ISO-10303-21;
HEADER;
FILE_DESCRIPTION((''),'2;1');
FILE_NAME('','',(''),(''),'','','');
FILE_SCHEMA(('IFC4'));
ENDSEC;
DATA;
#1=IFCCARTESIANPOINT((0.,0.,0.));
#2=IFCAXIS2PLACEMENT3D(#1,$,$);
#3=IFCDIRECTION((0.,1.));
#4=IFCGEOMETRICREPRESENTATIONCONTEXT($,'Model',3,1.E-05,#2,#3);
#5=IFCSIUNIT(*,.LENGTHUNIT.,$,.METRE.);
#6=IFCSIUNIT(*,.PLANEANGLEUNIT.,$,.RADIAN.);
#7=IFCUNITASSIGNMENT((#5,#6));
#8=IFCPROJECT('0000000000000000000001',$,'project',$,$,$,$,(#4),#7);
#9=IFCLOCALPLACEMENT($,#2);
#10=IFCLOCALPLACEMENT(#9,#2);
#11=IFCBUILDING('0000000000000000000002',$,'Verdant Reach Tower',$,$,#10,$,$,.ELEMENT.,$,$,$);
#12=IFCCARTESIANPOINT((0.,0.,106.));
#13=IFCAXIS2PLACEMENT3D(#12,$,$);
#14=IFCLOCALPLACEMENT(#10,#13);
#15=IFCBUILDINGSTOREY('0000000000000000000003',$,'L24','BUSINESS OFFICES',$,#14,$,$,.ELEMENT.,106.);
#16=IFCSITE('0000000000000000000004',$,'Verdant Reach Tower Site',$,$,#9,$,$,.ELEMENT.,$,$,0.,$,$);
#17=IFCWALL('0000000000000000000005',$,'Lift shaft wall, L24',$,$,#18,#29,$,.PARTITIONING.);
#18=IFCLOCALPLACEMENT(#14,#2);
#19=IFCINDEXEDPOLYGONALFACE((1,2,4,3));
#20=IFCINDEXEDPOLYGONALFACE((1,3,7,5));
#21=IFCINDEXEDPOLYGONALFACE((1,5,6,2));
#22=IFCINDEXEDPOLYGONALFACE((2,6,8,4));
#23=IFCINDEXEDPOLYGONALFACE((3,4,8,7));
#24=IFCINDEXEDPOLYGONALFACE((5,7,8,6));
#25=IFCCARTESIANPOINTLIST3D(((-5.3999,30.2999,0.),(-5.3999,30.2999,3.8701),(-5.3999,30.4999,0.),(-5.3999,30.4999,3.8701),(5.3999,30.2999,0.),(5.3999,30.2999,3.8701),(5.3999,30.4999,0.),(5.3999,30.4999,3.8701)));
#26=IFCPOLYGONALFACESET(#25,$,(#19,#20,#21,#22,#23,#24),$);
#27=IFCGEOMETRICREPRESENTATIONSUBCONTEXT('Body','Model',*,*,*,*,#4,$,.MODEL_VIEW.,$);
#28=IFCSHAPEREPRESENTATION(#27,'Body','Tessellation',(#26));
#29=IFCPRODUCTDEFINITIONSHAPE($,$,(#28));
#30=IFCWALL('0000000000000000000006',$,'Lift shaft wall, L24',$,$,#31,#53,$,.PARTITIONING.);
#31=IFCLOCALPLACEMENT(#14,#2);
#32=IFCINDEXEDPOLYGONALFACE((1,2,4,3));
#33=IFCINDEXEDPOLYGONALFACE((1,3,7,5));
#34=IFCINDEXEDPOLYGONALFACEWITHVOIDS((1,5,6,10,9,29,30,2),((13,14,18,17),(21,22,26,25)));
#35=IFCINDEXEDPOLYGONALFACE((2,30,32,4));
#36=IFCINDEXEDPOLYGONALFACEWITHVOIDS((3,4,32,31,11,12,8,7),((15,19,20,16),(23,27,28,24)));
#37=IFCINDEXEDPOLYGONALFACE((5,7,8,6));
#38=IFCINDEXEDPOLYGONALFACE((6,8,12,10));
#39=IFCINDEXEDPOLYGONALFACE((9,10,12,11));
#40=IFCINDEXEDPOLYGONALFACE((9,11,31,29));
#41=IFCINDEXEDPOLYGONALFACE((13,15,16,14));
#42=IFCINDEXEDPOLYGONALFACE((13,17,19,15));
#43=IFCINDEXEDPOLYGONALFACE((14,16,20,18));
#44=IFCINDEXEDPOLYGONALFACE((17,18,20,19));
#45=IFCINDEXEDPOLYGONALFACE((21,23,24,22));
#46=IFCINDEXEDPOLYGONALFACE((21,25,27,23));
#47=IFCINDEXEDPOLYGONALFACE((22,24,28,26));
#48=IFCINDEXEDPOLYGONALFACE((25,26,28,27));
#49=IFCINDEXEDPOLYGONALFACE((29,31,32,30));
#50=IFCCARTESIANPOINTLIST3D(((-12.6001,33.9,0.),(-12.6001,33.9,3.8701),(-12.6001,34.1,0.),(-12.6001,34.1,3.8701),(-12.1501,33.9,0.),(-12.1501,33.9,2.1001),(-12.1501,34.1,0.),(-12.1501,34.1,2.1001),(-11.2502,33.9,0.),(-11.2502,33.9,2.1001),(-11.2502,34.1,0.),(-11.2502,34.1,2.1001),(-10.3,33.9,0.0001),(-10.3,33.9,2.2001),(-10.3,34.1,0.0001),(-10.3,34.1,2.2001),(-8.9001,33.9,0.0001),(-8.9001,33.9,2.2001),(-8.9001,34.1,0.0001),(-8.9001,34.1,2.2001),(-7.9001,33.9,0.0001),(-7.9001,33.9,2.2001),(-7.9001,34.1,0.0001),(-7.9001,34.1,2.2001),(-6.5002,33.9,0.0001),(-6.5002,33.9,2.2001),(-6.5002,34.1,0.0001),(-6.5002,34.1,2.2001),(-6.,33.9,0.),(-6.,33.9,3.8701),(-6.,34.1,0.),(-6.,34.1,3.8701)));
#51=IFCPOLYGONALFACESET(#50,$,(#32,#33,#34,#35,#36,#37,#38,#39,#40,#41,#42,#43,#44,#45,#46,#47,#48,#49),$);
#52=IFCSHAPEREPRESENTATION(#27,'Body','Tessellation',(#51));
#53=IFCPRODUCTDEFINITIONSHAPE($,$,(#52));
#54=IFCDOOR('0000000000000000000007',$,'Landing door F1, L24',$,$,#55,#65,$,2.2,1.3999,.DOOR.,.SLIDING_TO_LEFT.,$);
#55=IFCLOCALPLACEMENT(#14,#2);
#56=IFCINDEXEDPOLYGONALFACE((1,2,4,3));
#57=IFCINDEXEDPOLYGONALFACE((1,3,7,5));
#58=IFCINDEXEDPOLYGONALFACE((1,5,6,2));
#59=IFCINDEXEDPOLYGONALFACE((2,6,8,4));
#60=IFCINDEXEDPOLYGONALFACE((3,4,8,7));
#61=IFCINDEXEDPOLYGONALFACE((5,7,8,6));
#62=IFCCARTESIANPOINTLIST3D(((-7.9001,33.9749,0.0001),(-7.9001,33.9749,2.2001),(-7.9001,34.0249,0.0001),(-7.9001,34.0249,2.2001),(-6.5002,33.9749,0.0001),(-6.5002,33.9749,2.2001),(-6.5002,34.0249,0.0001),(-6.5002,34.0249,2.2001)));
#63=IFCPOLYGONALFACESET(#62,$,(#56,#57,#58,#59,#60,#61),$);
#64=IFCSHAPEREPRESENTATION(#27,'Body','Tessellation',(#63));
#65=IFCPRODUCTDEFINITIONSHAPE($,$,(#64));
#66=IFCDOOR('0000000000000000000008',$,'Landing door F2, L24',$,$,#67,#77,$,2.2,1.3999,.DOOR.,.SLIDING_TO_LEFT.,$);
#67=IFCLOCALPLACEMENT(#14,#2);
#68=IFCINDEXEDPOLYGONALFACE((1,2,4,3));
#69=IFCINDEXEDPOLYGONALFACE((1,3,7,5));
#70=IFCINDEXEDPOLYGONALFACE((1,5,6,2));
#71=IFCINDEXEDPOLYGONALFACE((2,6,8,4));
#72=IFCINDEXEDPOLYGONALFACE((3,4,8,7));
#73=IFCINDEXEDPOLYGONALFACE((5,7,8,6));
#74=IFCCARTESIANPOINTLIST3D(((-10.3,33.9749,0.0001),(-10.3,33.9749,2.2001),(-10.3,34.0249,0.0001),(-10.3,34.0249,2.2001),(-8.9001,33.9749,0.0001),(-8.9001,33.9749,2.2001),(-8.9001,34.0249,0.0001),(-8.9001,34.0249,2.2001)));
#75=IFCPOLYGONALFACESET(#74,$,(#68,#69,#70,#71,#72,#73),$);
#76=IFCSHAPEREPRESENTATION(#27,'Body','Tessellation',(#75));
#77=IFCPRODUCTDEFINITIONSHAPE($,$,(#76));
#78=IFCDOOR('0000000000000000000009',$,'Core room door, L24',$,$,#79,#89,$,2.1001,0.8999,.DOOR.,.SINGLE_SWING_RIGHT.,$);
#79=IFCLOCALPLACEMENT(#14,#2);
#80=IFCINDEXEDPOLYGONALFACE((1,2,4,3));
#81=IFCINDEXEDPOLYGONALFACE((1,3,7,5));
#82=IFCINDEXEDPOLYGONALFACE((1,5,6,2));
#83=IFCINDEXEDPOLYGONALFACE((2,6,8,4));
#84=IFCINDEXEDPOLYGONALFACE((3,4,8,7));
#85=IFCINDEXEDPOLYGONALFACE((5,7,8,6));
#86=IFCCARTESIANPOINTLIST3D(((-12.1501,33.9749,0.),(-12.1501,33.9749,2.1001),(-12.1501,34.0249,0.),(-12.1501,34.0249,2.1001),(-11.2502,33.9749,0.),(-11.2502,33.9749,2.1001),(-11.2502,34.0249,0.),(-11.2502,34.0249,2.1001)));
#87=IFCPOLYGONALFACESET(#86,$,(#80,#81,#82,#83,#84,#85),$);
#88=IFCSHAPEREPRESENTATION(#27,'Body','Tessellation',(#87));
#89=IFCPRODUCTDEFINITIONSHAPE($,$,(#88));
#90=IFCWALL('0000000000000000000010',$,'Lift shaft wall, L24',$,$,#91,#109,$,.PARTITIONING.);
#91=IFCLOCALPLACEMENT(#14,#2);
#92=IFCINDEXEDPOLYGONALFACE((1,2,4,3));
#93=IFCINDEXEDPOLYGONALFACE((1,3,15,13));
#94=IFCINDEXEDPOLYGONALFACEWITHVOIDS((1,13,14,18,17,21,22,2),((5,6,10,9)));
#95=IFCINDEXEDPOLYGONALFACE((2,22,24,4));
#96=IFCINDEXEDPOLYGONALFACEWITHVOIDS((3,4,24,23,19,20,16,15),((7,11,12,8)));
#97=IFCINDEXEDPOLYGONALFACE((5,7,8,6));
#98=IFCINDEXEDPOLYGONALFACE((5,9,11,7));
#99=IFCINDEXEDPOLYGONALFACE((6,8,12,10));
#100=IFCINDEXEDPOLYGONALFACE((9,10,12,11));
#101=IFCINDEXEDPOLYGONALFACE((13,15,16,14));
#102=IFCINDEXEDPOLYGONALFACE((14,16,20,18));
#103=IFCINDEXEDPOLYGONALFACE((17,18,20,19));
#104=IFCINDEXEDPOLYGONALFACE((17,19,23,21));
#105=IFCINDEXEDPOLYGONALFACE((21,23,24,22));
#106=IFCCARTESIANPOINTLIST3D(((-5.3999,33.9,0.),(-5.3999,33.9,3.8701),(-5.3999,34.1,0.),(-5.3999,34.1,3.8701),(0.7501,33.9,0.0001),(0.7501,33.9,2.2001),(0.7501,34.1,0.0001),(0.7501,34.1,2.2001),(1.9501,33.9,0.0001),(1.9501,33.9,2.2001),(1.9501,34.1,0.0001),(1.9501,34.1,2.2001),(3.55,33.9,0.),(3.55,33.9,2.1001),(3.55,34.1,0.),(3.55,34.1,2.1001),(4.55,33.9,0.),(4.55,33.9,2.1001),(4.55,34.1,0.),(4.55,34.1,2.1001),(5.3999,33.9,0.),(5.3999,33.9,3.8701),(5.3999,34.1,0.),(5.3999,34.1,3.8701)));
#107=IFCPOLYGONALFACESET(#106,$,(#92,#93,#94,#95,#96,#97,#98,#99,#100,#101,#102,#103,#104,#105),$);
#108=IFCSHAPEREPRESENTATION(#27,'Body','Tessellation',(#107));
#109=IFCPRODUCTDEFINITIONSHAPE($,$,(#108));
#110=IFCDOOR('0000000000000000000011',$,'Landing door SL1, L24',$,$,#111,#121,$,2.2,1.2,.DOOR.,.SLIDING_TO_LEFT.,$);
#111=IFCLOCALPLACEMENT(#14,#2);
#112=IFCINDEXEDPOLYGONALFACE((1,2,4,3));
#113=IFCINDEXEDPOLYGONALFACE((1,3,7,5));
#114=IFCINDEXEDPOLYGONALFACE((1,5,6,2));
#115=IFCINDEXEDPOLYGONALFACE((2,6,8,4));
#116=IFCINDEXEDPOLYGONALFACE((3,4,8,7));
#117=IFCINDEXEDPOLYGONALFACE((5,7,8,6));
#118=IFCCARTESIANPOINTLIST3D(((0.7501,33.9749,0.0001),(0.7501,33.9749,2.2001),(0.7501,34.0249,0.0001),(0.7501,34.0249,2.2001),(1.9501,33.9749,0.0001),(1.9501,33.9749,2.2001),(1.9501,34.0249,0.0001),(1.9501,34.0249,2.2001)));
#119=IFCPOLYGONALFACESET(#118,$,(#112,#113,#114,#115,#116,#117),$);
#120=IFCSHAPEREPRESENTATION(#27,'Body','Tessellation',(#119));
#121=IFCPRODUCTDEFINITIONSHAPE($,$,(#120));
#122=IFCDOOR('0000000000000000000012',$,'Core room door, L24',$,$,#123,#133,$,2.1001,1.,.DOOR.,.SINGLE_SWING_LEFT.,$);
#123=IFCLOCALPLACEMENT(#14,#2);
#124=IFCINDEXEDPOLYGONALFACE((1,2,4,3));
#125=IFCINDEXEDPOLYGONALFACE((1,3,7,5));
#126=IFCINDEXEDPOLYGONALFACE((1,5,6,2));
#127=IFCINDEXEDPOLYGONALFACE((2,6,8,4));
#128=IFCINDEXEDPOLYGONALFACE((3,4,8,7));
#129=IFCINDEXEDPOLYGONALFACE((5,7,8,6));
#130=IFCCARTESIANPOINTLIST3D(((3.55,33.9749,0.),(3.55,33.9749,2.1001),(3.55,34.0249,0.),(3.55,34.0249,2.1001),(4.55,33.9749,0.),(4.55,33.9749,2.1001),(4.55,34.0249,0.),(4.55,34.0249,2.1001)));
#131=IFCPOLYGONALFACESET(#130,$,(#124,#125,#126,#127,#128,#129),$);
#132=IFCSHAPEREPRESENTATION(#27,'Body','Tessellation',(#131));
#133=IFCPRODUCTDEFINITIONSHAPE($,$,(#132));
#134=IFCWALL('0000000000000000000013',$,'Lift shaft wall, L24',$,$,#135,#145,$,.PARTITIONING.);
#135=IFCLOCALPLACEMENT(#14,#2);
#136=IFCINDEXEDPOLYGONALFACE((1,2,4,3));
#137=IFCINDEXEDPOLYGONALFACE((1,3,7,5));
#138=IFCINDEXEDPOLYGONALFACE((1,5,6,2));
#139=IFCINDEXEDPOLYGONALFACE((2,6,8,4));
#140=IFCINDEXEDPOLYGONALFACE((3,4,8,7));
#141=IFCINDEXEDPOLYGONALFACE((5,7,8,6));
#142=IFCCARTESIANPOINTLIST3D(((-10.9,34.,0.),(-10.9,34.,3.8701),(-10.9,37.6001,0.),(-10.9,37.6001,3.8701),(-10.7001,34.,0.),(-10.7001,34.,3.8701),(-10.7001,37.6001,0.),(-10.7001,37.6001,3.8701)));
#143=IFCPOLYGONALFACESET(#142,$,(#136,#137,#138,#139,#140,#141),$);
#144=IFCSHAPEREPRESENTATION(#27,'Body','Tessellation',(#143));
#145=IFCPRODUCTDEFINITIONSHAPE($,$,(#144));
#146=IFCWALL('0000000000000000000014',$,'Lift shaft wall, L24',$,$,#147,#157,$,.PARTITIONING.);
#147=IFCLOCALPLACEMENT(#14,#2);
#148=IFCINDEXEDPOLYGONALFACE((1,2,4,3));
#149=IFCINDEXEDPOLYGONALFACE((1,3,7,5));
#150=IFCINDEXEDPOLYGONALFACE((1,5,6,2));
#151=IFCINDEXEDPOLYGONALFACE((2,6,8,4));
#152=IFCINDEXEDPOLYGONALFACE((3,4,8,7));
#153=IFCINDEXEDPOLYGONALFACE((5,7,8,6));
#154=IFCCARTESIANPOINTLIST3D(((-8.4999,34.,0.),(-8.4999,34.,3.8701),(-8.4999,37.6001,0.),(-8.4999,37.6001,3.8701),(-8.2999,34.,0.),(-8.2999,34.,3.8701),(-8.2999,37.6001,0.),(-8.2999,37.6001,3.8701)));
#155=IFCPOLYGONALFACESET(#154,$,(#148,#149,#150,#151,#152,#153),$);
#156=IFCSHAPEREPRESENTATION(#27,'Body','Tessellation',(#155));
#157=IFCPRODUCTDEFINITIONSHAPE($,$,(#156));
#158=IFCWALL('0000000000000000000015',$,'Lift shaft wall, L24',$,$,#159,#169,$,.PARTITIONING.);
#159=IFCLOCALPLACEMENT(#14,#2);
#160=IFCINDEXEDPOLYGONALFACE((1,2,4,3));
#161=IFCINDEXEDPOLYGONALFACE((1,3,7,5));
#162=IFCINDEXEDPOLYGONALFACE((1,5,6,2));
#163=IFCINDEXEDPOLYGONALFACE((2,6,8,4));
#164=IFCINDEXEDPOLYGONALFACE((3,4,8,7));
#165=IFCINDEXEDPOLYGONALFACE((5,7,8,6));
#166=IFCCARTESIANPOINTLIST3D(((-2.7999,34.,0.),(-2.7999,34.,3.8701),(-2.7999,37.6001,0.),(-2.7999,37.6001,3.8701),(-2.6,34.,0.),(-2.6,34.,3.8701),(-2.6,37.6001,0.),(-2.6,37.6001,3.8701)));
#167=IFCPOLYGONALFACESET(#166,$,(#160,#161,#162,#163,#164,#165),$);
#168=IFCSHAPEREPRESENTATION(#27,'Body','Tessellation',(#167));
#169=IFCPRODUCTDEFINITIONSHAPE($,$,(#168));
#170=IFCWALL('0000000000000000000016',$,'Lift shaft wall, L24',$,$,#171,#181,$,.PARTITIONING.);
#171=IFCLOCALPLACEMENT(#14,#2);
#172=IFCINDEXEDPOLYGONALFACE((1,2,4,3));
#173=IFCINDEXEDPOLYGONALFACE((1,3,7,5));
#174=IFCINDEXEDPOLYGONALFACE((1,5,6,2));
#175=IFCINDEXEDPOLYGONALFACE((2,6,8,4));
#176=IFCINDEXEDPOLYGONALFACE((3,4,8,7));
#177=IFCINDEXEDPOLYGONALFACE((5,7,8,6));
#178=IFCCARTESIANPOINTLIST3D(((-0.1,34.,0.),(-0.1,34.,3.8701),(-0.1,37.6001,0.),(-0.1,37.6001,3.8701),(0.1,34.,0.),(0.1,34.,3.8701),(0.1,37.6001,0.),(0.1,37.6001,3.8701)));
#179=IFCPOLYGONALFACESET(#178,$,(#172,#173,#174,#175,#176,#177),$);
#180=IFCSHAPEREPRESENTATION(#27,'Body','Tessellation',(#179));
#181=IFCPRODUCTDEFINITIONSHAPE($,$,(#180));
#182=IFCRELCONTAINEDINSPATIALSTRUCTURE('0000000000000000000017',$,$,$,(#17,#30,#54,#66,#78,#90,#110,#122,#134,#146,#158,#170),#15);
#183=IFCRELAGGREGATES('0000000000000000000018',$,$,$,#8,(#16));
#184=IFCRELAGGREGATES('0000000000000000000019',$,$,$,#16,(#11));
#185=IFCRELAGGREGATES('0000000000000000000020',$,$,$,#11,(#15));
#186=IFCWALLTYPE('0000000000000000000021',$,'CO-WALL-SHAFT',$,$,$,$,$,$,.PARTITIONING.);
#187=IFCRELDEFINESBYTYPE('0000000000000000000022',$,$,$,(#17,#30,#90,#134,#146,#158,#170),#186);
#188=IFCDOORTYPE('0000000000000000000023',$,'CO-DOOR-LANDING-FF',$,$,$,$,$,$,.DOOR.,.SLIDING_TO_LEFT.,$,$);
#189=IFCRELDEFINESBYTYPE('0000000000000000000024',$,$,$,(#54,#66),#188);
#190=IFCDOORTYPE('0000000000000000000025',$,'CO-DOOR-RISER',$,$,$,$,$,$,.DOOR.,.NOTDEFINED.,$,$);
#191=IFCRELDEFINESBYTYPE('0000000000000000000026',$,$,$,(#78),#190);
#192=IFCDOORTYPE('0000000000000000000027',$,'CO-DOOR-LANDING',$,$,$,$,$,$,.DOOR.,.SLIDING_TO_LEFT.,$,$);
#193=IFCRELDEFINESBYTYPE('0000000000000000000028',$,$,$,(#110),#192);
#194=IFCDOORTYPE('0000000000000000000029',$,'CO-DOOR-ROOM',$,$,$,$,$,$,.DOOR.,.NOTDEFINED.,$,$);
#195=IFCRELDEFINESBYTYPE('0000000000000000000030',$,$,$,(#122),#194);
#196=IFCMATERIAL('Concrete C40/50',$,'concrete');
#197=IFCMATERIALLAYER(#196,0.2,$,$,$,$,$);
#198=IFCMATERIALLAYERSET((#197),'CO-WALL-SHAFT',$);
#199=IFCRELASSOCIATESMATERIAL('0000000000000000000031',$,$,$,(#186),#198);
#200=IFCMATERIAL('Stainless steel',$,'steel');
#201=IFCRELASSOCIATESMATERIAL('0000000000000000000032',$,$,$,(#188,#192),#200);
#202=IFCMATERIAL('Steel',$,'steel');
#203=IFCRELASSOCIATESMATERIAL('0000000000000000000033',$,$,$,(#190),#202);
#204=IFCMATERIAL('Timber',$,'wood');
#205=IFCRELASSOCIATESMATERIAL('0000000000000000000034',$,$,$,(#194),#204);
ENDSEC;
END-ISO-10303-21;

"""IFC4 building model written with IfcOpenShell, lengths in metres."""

from ifc_helpers import new_model, si_unit, direction, frame, frame_2d, origin, place, context, subcontext, project, spatial, rectangle, extrude, material, layer, layer_set, type_object, element, fill, save


model = new_model("IFC4")

# Units and contexts
model_context = context("Model", 3, precision=1e-05, world=origin(), true_north=direction((0.0, 1.0)))
body_context = subcontext(model_context, "Body", "Model", "MODEL_VIEW")
ifc_project = project(units=[si_unit("LENGTHUNIT", "METRE"), si_unit("PLANEANGLEUNIT", "RADIAN")], contexts=[model_context])

# Site, building, storey
site_placement = place(None, origin())
site = spatial("IfcSite", under=ifc_project, at=site_placement, Name="Verdant Reach Tower Site", CompositionType="ELEMENT", RefElevation=0.0)
building_placement = place(site_placement, origin())
building = spatial("IfcBuilding", under=site, at=building_placement, Name="Verdant Reach Tower", CompositionType="ELEMENT")
storey_placement = place(building_placement, frame((0.0, 0.0, 106.0)))
storey = spatial("IfcBuildingStorey", under=building, at=storey_placement, Name="L24", Description="BUSINESS OFFICES", CompositionType="ELEMENT", Elevation=106.0)

# Wall
ifc_material_1 = material(Name="Concrete C40/50", Category="concrete")
ifc_layer_1 = layer(ifc_material_1, 0.2)
ifc_layer_set_1 = layer_set([ifc_layer_1], Name="CO-WALL-SHAFT")
wall_type_1 = type_object("IfcWallType", Name="CO-WALL-SHAFT", PredefinedType="PARTITIONING", material=ifc_layer_set_1)
wall_1_placement = place(storey_placement, frame((-5.3999, 30.3999, 0.0), z_axis=(0.0, 0.0, 1.0), x_axis=(1.0, 0.0, 0.0)))
element("IfcWall", 1, at=wall_1_placement, inside=storey, type_object=wall_type_1, Name="Lift shaft wall, L24", PredefinedType="PARTITIONING", context=body_context, shape_type="SweptSolid", body=[
    extrude(rectangle(XDim=10.7998, YDim=0.2, at=frame_2d((5.3999, 0.0))), origin(), (0.0, 0.0, 1.0), 3.8701),
])

# Walls, openings, doors
wall_2_placement = place(storey_placement, frame((-12.6001, 34.0, 0.0), z_axis=(0.0, 0.0, 1.0), x_axis=(1.0, 0.0, 0.0)))
wall_2 = element("IfcWall", 2, at=wall_2_placement, inside=storey, type_object=wall_type_1, Name="Lift shaft wall, L24", PredefinedType="PARTITIONING", context=body_context, shape_type="SweptSolid", body=[
    extrude(rectangle(XDim=6.6001, YDim=0.2, at=frame_2d((3.3, 0.0))), origin(), (0.0, 0.0, 1.0), 3.8701),
])
opening_1_placement = place(wall_2_placement, frame((4.7, 0.0, 0.0)))
opening_1 = element("IfcOpeningElement", 3, at=opening_1_placement, cuts=wall_2, PredefinedType="OPENING", context=body_context, shape_type="SweptSolid", body=[
    extrude(rectangle(XDim=1.3999, YDim=2.2, at=frame_2d((0.7, 1.1001))), frame((0.0, 0.1099, 0.0), z_axis=(0.0, -1.0, 0.0), x_axis=(1.0, 0.0, 0.0)), (0.0, 0.0, 1.0), 0.22),
])
opening_2_placement = place(wall_2_placement, frame((2.3, 0.0, 0.0)))
opening_2 = element("IfcOpeningElement", 4, at=opening_2_placement, cuts=wall_2, PredefinedType="OPENING", context=body_context, shape_type="SweptSolid", body=[
    extrude(rectangle(XDim=1.3999, YDim=2.2, at=frame_2d((0.7, 1.1001))), frame((0.0, 0.1099, 0.0), z_axis=(0.0, -1.0, 0.0), x_axis=(1.0, 0.0, 0.0)), (0.0, 0.0, 1.0), 0.22),
])
opening_3_placement = place(wall_2_placement, frame((0.45, 0.0, 0.0)))
opening_3 = element("IfcOpeningElement", 5, at=opening_3_placement, cuts=wall_2, PredefinedType="OPENING", context=body_context, shape_type="SweptSolid", body=[
    extrude(rectangle(XDim=0.8999, YDim=2.1001, at=frame_2d((0.45, 1.05))), frame((0.0, 0.1099, 0.0), z_axis=(0.0, -1.0, 0.0), x_axis=(1.0, 0.0, 0.0)), (0.0, 0.0, 1.0), 0.22),
])
ifc_material_2 = material(Name="Stainless steel", Category="steel")
door_type_1 = type_object("IfcDoorType", Name="CO-DOOR-LANDING-FF", OperationType="SLIDING_TO_LEFT", PredefinedType="DOOR", material=ifc_material_2)
door_1_placement = place(opening_1_placement, origin())
door_1 = element("IfcDoor", 6, at=door_1_placement, inside=storey, type_object=door_type_1, Name="Landing door F1, L24", OperationType="SLIDING_TO_LEFT", OverallHeight=2.2, OverallWidth=1.3999, PredefinedType="DOOR", context=body_context, shape_type="SweptSolid", body=[
    extrude(rectangle(XDim=1.3999, YDim=2.2, at=frame_2d((0.7, 1.1001))), frame((0.0, 0.0249, 0.0), z_axis=(0.0, -1.0, 0.0), x_axis=(1.0, 0.0, 0.0)), (0.0, 0.0, 1.0), 0.05),
])
fill(opening_1, door_1)
door_2_placement = place(opening_2_placement, origin())
door_2 = element("IfcDoor", 7, at=door_2_placement, inside=storey, type_object=door_type_1, Name="Landing door F2, L24", OperationType="SLIDING_TO_LEFT", OverallHeight=2.2, OverallWidth=1.3999, PredefinedType="DOOR", context=body_context, shape_type="SweptSolid", body=[
    extrude(rectangle(XDim=1.3999, YDim=2.2, at=frame_2d((0.7, 1.1001))), frame((0.0, 0.0249, 0.0), z_axis=(0.0, -1.0, 0.0), x_axis=(1.0, 0.0, 0.0)), (0.0, 0.0, 1.0), 0.05),
])
fill(opening_2, door_2)
ifc_material_3 = material(Name="Steel", Category="steel")
door_type_2 = type_object("IfcDoorType", Name="CO-DOOR-RISER", OperationType="NOTDEFINED", PredefinedType="DOOR", material=ifc_material_3)
door_3_placement = place(opening_3_placement, origin())
door_3 = element("IfcDoor", 8, at=door_3_placement, inside=storey, type_object=door_type_2, Name="Core room door, L24", OperationType="SINGLE_SWING_RIGHT", OverallHeight=2.1001, OverallWidth=0.8999, PredefinedType="DOOR", context=body_context, shape_type="SweptSolid", body=[
    extrude(rectangle(XDim=0.8999, YDim=2.1001, at=frame_2d((0.45, 1.05))), frame((0.0, 0.0249, 0.0), z_axis=(0.0, -1.0, 0.0), x_axis=(1.0, 0.0, 0.0)), (0.0, 0.0, 1.0), 0.05),
])
fill(opening_3, door_3)
wall_3_placement = place(storey_placement, frame((-5.3999, 34.0, 0.0), z_axis=(0.0, 0.0, 1.0), x_axis=(1.0, 0.0, 0.0)))
wall_3 = element("IfcWall", 9, at=wall_3_placement, inside=storey, type_object=wall_type_1, Name="Lift shaft wall, L24", PredefinedType="PARTITIONING", context=body_context, shape_type="SweptSolid", body=[
    extrude(rectangle(XDim=10.7998, YDim=0.2, at=frame_2d((5.3999, 0.0))), origin(), (0.0, 0.0, 1.0), 3.8701),
])
opening_4_placement = place(wall_3_placement, frame((6.1499, 0.0, 0.0)))
opening_4 = element("IfcOpeningElement", 10, at=opening_4_placement, cuts=wall_3, PredefinedType="OPENING", context=body_context, shape_type="SweptSolid", body=[
    extrude(rectangle(XDim=1.2, YDim=2.2, at=frame_2d((0.6001, 1.1001))), frame((0.0, 0.1099, 0.0), z_axis=(0.0, -1.0, 0.0), x_axis=(1.0, 0.0, 0.0)), (0.0, 0.0, 1.0), 0.22),
])
opening_5_placement = place(wall_3_placement, frame((8.95, 0.0, 0.0)))
opening_5 = element("IfcOpeningElement", 11, at=opening_5_placement, cuts=wall_3, PredefinedType="OPENING", context=body_context, shape_type="SweptSolid", body=[
    extrude(rectangle(XDim=1.0, YDim=2.1001, at=frame_2d((0.5, 1.05))), frame((0.0, 0.1099, 0.0), z_axis=(0.0, -1.0, 0.0), x_axis=(1.0, 0.0, 0.0)), (0.0, 0.0, 1.0), 0.22),
])
door_type_3 = type_object("IfcDoorType", Name="CO-DOOR-LANDING", OperationType="SLIDING_TO_LEFT", PredefinedType="DOOR", material=ifc_material_2)
door_4_placement = place(opening_4_placement, origin())
door_4 = element("IfcDoor", 12, at=door_4_placement, inside=storey, type_object=door_type_3, Name="Landing door SL1, L24", OperationType="SLIDING_TO_LEFT", OverallHeight=2.2, OverallWidth=1.2, PredefinedType="DOOR", context=body_context, shape_type="SweptSolid", body=[
    extrude(rectangle(XDim=1.2, YDim=2.2, at=frame_2d((0.6001, 1.1001))), frame((0.0, 0.0249, 0.0), z_axis=(0.0, -1.0, 0.0), x_axis=(1.0, 0.0, 0.0)), (0.0, 0.0, 1.0), 0.05),
])
fill(opening_4, door_4)
ifc_material_4 = material(Name="Timber", Category="wood")
door_type_4 = type_object("IfcDoorType", Name="CO-DOOR-ROOM", OperationType="NOTDEFINED", PredefinedType="DOOR", material=ifc_material_4)
door_5_placement = place(opening_5_placement, origin())
door_5 = element("IfcDoor", 13, at=door_5_placement, inside=storey, type_object=door_type_4, Name="Core room door, L24", OperationType="SINGLE_SWING_LEFT", OverallHeight=2.1001, OverallWidth=1.0, PredefinedType="DOOR", context=body_context, shape_type="SweptSolid", body=[
    extrude(rectangle(XDim=1.0, YDim=2.1001, at=frame_2d((0.5, 1.05))), frame((0.0, 0.0249, 0.0), z_axis=(0.0, -1.0, 0.0), x_axis=(1.0, 0.0, 0.0)), (0.0, 0.0, 1.0), 0.05),
])
fill(opening_5, door_5)

# Walls
for number, where, z_axis, x_axis, name in (
    (14, (-10.8, 34.0, 0.0), (0.0, 0.0, 1.0), (0.0, 1.0, 0.0), "Lift shaft wall, L24"),
    (15, (-8.3999, 34.0, 0.0), (0.0, 0.0, 1.0), (0.0, 1.0, 0.0), "Lift shaft wall, L24"),
    (16, (-2.7, 34.0, 0.0), (0.0, 0.0, 1.0), (0.0, 1.0, 0.0), "Lift shaft wall, L24"),
    (17, (0.0, 34.0, 0.0), (0.0, 0.0, 1.0), (0.0, 1.0, 0.0), "Lift shaft wall, L24"),
):
    element("IfcWall", number, at=place(storey_placement, frame(where, z_axis=z_axis, x_axis=x_axis)), inside=storey, type_object=wall_type_1, Name=name, PredefinedType="PARTITIONING", context=body_context, shape_type="SweptSolid", body=[
        extrude(rectangle(XDim=3.6001, YDim=0.2, at=frame_2d((1.8, 0.0))), origin(), (0.0, 0.0, 1.0), 3.8701),
    ])

save(model, "model.ifc")
